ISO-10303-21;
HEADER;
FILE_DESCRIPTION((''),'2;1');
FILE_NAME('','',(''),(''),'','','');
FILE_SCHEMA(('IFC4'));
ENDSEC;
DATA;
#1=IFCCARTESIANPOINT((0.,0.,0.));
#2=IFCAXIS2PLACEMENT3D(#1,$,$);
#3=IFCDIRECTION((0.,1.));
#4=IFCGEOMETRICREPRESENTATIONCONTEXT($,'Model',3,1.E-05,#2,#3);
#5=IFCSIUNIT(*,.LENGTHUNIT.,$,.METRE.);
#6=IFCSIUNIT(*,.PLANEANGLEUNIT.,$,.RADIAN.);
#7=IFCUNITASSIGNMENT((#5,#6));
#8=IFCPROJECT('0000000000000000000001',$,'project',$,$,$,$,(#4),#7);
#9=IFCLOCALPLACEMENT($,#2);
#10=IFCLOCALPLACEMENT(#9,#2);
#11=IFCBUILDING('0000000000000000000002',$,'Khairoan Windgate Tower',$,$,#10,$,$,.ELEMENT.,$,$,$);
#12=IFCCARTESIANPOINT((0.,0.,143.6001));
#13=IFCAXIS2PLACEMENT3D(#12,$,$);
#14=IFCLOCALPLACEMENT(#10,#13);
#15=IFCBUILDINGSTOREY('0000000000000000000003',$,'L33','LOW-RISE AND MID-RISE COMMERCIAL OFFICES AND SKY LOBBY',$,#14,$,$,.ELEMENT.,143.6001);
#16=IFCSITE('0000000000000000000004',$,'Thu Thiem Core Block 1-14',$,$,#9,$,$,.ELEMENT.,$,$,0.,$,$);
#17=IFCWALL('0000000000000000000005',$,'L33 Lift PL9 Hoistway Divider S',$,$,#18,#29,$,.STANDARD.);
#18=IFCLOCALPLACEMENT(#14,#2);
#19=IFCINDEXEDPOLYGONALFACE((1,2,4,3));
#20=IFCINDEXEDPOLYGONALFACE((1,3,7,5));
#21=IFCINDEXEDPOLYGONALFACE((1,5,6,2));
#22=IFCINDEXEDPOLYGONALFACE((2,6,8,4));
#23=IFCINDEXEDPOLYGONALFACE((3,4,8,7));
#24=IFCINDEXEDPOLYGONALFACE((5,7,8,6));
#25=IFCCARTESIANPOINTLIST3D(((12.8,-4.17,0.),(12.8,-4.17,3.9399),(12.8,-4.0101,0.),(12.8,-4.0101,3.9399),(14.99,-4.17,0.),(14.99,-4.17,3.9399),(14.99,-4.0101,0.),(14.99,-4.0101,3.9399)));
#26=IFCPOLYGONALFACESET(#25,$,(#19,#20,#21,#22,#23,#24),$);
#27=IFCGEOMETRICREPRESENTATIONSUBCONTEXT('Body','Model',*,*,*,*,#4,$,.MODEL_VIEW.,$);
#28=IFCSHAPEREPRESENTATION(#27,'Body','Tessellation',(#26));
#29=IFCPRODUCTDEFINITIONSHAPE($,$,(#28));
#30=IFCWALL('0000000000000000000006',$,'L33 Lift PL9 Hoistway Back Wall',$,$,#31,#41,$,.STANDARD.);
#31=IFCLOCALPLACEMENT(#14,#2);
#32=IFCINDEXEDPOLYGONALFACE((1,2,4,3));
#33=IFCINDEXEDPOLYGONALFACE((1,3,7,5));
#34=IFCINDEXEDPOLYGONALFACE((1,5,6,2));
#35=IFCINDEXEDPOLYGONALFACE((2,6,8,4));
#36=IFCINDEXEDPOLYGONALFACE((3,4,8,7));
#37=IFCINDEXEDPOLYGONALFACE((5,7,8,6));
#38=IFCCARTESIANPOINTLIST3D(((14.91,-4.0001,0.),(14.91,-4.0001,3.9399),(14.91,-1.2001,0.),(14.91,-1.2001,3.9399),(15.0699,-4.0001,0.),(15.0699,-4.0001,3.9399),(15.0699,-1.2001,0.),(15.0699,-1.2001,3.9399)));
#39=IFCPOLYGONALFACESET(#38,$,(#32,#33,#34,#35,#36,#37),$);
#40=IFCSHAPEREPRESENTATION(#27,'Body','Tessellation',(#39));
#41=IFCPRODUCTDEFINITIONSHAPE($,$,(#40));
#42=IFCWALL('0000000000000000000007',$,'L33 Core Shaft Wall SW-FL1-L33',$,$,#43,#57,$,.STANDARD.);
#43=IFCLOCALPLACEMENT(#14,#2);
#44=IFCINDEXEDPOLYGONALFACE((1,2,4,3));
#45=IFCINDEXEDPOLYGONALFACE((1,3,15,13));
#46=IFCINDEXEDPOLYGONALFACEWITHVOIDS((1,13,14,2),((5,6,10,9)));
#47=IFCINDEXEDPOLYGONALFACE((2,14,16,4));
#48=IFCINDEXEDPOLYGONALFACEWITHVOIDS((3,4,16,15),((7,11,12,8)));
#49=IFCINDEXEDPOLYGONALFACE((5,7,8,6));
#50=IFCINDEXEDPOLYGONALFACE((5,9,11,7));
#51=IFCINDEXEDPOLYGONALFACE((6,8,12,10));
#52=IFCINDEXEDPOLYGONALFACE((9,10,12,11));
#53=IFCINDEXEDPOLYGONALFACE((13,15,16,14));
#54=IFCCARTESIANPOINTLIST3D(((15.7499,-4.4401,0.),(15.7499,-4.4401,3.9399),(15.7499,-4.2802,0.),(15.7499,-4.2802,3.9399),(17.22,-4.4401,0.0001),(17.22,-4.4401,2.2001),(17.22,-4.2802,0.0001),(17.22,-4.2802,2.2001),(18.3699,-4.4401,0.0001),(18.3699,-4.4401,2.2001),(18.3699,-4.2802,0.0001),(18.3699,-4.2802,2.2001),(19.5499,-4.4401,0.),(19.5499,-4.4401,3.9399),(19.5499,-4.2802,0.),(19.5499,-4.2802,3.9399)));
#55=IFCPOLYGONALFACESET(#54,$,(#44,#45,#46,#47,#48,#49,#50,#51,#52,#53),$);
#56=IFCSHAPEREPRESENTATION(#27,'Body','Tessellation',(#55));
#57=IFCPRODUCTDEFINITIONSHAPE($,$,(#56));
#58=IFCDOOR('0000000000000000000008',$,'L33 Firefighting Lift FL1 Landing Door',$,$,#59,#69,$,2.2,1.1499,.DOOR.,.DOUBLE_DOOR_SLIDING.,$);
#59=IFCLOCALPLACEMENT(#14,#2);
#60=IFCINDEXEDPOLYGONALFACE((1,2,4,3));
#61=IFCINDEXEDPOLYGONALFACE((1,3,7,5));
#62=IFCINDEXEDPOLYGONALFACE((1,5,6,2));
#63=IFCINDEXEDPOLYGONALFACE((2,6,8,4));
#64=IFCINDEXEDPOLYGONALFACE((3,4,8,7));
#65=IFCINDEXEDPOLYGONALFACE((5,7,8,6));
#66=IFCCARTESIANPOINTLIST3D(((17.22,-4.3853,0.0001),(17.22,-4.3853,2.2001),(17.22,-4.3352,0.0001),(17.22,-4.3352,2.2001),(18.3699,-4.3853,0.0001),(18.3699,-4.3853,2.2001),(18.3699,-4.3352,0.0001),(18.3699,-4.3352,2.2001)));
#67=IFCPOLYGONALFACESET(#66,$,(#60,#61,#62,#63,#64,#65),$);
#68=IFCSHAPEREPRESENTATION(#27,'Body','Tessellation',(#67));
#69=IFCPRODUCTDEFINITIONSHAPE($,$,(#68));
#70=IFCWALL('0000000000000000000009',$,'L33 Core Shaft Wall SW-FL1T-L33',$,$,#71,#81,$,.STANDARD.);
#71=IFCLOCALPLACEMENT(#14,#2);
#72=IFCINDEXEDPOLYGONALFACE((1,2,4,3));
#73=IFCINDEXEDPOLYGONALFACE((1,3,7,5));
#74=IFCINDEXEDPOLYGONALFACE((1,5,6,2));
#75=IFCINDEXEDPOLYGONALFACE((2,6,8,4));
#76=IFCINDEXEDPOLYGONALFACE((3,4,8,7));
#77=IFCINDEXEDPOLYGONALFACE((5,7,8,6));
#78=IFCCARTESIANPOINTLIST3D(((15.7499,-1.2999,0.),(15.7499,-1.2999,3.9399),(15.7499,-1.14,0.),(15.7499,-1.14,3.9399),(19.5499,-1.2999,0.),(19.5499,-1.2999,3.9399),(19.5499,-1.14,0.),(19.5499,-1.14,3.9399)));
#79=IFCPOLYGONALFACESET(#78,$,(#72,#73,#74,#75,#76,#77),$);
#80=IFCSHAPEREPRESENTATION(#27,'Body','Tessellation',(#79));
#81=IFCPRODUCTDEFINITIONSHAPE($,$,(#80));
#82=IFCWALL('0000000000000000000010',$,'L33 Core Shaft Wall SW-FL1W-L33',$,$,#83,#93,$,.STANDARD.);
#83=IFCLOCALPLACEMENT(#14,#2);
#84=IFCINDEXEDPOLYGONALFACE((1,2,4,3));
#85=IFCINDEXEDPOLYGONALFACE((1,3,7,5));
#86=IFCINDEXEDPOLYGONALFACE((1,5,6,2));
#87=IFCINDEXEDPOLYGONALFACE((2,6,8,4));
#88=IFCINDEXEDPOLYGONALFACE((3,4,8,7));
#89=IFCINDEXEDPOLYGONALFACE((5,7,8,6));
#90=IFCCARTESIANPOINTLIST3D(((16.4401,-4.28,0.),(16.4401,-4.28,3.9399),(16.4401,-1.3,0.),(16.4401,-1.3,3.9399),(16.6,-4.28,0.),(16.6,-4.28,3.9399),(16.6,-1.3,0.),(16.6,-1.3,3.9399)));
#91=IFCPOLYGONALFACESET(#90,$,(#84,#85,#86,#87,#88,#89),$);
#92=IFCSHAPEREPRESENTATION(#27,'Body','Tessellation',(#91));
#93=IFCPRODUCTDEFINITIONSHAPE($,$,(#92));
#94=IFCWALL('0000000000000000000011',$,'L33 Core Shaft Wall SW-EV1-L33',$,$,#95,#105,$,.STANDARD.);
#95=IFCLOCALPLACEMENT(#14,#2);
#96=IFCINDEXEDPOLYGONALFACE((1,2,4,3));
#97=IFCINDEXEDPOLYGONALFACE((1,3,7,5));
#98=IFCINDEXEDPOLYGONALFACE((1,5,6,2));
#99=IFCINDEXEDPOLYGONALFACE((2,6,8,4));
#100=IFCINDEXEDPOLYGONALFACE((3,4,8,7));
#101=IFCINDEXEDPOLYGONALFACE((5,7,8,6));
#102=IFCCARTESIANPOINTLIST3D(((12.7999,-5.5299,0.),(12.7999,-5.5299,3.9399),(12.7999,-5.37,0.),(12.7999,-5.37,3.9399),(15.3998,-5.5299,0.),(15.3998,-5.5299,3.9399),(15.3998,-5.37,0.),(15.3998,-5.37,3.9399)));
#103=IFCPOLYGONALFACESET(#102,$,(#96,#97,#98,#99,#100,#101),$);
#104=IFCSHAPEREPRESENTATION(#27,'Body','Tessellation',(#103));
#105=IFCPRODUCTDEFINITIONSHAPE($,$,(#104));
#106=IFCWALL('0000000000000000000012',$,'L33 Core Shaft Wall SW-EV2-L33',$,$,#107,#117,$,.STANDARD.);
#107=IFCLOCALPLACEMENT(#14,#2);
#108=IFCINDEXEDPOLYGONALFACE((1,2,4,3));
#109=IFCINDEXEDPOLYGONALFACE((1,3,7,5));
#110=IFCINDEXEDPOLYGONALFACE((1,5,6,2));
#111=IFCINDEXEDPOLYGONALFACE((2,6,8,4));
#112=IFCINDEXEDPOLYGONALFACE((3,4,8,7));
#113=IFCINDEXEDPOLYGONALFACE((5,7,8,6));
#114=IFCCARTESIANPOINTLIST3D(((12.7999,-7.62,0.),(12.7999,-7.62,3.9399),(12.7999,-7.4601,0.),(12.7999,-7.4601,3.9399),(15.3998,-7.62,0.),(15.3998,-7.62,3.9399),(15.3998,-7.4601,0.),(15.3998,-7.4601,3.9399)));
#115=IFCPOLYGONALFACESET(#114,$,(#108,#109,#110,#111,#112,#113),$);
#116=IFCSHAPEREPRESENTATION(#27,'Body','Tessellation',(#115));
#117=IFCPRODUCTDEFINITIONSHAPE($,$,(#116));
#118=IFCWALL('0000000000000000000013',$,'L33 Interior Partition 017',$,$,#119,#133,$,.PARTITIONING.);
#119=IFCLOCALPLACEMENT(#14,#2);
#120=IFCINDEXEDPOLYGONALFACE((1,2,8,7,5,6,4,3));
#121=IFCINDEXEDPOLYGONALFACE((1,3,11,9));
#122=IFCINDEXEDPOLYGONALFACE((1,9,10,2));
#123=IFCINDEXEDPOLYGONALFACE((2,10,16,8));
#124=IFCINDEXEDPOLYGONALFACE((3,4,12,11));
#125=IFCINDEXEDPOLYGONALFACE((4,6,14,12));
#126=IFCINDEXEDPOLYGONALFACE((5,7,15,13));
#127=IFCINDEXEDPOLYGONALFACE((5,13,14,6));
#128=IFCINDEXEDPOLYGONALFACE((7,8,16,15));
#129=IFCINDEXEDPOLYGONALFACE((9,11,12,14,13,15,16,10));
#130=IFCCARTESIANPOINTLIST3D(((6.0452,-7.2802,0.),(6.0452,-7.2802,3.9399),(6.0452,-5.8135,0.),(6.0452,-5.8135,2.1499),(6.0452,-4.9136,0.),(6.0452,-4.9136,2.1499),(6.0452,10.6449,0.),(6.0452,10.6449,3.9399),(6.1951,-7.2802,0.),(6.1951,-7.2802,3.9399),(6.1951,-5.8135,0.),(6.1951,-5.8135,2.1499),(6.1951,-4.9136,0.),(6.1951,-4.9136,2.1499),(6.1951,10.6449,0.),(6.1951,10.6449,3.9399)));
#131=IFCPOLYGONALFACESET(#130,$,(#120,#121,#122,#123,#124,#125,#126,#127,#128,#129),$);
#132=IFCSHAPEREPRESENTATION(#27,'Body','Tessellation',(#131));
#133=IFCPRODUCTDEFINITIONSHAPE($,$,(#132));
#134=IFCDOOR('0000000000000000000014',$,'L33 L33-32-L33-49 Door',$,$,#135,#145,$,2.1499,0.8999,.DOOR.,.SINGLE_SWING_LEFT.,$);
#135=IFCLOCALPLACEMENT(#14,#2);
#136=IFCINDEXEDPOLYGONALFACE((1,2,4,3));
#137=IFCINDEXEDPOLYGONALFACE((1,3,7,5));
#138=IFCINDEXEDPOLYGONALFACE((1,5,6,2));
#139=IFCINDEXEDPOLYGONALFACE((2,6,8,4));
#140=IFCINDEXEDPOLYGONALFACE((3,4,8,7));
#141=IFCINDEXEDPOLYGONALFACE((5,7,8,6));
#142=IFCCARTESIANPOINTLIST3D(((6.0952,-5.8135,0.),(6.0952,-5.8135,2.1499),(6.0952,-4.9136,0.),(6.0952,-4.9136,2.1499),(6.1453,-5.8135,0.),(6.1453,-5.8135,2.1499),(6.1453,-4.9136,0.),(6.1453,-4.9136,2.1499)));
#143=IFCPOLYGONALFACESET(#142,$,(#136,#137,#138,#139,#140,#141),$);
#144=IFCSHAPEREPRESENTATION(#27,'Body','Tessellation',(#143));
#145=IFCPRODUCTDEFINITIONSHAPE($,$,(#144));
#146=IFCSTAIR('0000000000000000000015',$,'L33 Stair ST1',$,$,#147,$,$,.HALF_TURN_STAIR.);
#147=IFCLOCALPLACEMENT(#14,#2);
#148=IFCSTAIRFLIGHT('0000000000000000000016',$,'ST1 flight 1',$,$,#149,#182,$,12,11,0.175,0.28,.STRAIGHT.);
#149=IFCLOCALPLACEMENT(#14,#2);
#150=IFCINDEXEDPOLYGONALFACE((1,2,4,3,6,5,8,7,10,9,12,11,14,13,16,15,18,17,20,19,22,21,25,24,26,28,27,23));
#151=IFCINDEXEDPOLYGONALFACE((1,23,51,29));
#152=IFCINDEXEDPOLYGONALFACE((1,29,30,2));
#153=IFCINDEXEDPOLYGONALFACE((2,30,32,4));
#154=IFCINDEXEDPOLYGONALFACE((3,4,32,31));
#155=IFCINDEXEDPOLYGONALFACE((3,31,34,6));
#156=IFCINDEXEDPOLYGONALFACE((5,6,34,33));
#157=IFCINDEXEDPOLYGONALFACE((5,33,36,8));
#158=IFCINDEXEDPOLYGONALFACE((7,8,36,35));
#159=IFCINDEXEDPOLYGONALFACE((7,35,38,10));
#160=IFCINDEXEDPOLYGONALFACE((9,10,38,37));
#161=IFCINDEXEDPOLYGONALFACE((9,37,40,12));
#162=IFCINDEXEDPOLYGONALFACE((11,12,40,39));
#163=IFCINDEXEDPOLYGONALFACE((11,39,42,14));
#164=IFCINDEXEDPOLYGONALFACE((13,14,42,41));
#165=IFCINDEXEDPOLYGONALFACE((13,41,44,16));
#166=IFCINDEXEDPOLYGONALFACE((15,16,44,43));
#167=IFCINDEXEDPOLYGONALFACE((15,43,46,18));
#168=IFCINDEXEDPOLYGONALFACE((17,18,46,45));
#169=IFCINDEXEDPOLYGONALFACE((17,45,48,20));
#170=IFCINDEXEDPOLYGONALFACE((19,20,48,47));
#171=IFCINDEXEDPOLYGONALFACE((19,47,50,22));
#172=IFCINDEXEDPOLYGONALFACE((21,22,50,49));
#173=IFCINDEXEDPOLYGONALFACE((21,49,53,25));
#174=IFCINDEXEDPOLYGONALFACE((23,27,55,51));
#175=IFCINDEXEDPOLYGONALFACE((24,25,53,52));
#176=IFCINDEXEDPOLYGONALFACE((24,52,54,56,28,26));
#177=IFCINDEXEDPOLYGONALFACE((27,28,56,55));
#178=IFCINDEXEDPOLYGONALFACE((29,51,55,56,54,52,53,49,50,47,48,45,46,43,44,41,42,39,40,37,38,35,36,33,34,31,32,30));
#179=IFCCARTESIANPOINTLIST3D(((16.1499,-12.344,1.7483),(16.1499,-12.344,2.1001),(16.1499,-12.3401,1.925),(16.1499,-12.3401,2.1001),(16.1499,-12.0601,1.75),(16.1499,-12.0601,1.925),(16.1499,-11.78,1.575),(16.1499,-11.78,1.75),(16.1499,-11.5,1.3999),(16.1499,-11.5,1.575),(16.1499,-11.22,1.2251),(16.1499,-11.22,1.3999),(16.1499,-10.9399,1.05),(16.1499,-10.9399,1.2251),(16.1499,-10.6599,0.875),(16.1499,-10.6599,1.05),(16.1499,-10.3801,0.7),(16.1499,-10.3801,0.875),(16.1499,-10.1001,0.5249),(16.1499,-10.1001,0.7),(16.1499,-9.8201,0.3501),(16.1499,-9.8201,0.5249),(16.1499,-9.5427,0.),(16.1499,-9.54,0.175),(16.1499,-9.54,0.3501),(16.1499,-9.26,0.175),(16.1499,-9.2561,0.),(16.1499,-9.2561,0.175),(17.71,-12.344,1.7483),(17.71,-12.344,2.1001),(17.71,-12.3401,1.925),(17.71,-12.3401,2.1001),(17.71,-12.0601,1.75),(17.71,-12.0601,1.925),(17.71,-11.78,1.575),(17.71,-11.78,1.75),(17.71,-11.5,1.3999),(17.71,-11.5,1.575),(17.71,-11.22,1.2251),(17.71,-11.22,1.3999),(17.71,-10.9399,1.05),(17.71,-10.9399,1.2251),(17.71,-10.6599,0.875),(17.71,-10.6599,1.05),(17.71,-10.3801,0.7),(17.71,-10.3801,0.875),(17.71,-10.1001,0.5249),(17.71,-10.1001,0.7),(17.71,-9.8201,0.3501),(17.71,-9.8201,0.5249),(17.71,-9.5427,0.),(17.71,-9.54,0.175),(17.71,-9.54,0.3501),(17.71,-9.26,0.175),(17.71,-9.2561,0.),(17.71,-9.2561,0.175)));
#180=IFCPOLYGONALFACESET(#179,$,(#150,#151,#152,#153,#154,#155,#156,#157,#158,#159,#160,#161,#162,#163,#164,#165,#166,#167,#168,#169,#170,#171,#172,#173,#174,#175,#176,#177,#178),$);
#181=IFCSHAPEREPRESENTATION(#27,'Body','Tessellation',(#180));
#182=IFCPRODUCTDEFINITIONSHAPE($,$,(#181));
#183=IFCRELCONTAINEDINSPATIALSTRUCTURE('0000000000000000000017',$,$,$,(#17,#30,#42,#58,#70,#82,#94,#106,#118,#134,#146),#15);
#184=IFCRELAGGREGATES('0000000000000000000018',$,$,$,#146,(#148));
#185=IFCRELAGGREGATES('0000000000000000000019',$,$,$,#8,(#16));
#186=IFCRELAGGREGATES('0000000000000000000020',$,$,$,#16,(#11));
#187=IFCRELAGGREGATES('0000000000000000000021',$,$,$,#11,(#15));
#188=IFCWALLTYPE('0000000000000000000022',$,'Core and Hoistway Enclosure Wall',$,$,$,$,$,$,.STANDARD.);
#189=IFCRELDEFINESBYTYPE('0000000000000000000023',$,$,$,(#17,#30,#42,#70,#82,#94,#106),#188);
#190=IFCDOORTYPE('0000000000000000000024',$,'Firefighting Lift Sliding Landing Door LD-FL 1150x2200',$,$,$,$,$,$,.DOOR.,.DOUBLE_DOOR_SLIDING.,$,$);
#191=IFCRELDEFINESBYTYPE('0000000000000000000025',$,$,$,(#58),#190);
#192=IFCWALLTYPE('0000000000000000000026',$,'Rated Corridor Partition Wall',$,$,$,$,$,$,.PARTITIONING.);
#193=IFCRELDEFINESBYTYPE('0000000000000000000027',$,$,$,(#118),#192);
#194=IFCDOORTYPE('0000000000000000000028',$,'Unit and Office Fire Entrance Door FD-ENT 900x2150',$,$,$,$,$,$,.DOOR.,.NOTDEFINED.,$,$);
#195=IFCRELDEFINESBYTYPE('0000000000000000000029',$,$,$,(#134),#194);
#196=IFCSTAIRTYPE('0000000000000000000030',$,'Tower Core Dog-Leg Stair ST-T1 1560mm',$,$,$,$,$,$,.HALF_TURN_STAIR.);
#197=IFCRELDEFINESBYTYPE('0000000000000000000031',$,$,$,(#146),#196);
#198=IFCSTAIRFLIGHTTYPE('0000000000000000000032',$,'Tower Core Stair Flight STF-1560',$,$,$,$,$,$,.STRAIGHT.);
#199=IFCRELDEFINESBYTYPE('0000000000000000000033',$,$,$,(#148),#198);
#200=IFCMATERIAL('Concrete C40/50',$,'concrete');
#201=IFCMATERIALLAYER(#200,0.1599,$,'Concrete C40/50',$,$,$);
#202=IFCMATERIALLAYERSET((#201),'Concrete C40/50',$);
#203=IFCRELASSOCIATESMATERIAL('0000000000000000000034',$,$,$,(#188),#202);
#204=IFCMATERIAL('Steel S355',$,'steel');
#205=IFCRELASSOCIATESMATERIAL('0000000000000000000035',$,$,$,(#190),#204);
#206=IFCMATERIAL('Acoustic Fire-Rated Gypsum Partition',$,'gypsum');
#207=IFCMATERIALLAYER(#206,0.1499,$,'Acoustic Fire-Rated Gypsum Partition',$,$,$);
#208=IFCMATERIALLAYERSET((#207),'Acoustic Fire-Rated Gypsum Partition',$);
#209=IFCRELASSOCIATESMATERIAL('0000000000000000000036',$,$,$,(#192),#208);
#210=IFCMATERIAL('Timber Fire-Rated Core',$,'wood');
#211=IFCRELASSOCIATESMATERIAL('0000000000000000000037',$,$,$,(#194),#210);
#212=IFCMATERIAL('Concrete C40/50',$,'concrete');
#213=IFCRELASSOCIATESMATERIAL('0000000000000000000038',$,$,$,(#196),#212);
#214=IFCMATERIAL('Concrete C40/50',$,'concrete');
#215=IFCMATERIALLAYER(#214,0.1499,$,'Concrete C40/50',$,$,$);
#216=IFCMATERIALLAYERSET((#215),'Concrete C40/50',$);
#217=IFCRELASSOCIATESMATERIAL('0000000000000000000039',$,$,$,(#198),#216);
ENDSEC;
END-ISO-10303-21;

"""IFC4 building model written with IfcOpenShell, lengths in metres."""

from ifc_helpers import new_model, si_unit, direction, frame, frame_2d, origin, place, context, subcontext, project, spatial, polyline, rectangle, outline, extrude, material, layer, layer_set, type_object, element, fill, aggregate, save


model = new_model("IFC4")

# Units and contexts
model_context = context("Model", 3, precision=1e-05, world=origin(), true_north=direction((0.0, 1.0)))
body_context = subcontext(model_context, "Body", "Model", "MODEL_VIEW")
ifc_project = project(units=[si_unit("LENGTHUNIT", "METRE"), si_unit("PLANEANGLEUNIT", "RADIAN")], contexts=[model_context])

# Site, building, storey
site_placement = place(None, origin())
site = spatial("IfcSite", under=ifc_project, at=site_placement, Name="Thu Thiem Core Block 1-14", CompositionType="ELEMENT", RefElevation=0.0)
building_placement = place(site_placement, origin())
building = spatial("IfcBuilding", under=site, at=building_placement, Name="Khairoan Windgate Tower", CompositionType="ELEMENT")
storey_placement = place(building_placement, frame((0.0, 0.0, 143.6001)))
storey = spatial("IfcBuildingStorey", under=building, at=storey_placement, Name="L33", Description="LOW-RISE AND MID-RISE COMMERCIAL OFFICES AND SKY LOBBY", CompositionType="ELEMENT", Elevation=143.6001)

# Walls
ifc_material_1 = material(Name="Concrete C40/50", Category="concrete")
ifc_layer_1 = layer(ifc_material_1, 0.1599, Name="Concrete C40/50")
ifc_layer_set_1 = layer_set([ifc_layer_1], Name="Concrete C40/50")
wall_type_1 = type_object("IfcWallType", Name="Core and Hoistway Enclosure Wall", PredefinedType="STANDARD", material=ifc_layer_set_1)
wall_1_placement = place(storey_placement, frame((12.8, -4.0901, 0.0), z_axis=(0.0, 0.0, 1.0), x_axis=(1.0, 0.0, 0.0)))
element("IfcWall", 1, at=wall_1_placement, inside=storey, type_object=wall_type_1, Name="L33 Lift PL9 Hoistway Divider S", PredefinedType="STANDARD", context=body_context, shape_type="SweptSolid", body=[
    extrude(rectangle(XDim=2.1899, YDim=0.1599, at=frame_2d((1.095, 0.0))), origin(), (0.0, 0.0, 1.0), 3.9399),
])
wall_2_placement = place(storey_placement, frame((14.99, -4.0, 0.0), z_axis=(0.0, 0.0, 1.0), x_axis=(0.0, 1.0, 0.0)))
element("IfcWall", 2, at=wall_2_placement, inside=storey, type_object=wall_type_1, Name="L33 Lift PL9 Hoistway Back Wall", PredefinedType="STANDARD", context=body_context, shape_type="SweptSolid", body=[
    extrude(rectangle(XDim=2.8, YDim=0.1599, at=frame_2d((1.3999, 0.0))), origin(), (0.0, 0.0, 1.0), 3.9399),
])

# Wall, opening, door
wall_3_placement = place(storey_placement, frame((15.75, -4.3601, 0.0), z_axis=(0.0, 0.0, 1.0), x_axis=(1.0, 0.0, 0.0)))
wall_3 = element("IfcWall", 3, at=wall_3_placement, inside=storey, type_object=wall_type_1, Name="L33 Core Shaft Wall SW-FL1-L33", PredefinedType="STANDARD", context=body_context, shape_type="SweptSolid", body=[
    extrude(rectangle(XDim=3.8, YDim=0.1599, at=frame_2d((1.8999, 0.0))), origin(), (0.0, 0.0, 1.0), 3.9399),
])
opening_1_placement = place(wall_3_placement, frame((1.47, 0.0, 0.0)))
opening_1 = element("IfcOpeningElement", 4, at=opening_1_placement, cuts=wall_3, PredefinedType="OPENING", context=body_context, shape_type="SweptSolid", body=[
    extrude(rectangle(XDim=1.1499, YDim=2.2, at=frame_2d((0.575, 1.1001))), frame((0.0, 0.0898, 0.0), z_axis=(0.0, -1.0, 0.0), x_axis=(1.0, 0.0, 0.0)), (0.0, 0.0, 1.0), 0.1799),
])
ifc_material_2 = material(Name="Steel S355", Category="steel")
door_type_1 = type_object("IfcDoorType", Name="Firefighting Lift Sliding Landing Door LD-FL 1150x2200", OperationType="DOUBLE_DOOR_SLIDING", PredefinedType="DOOR", material=ifc_material_2)
door_1_placement = place(opening_1_placement, origin())
door_1 = element("IfcDoor", 5, at=door_1_placement, inside=storey, type_object=door_type_1, Name="L33 Firefighting Lift FL1 Landing Door", OperationType="DOUBLE_DOOR_SLIDING", OverallHeight=2.2, OverallWidth=1.1499, PredefinedType="DOOR", context=body_context, shape_type="SweptSolid", body=[
    extrude(rectangle(XDim=1.1499, YDim=2.2, at=frame_2d((0.575, 1.1001))), frame((0.0, 0.0249, 0.0), z_axis=(0.0, -1.0, 0.0), x_axis=(1.0, 0.0, 0.0)), (0.0, 0.0, 1.0), 0.05),
])
fill(opening_1, door_1)

# Walls
wall_4_placement = place(storey_placement, frame((15.75, -1.22, 0.0), z_axis=(0.0, 0.0, 1.0), x_axis=(1.0, 0.0, 0.0)))
element("IfcWall", 6, at=wall_4_placement, inside=storey, type_object=wall_type_1, Name="L33 Core Shaft Wall SW-FL1T-L33", PredefinedType="STANDARD", context=body_context, shape_type="SweptSolid", body=[
    extrude(rectangle(XDim=3.8, YDim=0.1599, at=frame_2d((1.8999, 0.0))), origin(), (0.0, 0.0, 1.0), 3.9399),
])
wall_5_placement = place(storey_placement, frame((16.52, -4.28, 0.0), z_axis=(0.0, 0.0, 1.0), x_axis=(0.0, 1.0, 0.0)))
element("IfcWall", 7, at=wall_5_placement, inside=storey, type_object=wall_type_1, Name="L33 Core Shaft Wall SW-FL1W-L33", PredefinedType="STANDARD", context=body_context, shape_type="SweptSolid", body=[
    extrude(rectangle(XDim=2.98, YDim=0.1599, at=frame_2d((1.49, 0.0))), origin(), (0.0, 0.0, 1.0), 3.9399),
])
for number, where, z_axis, x_axis, name in (
    (8, (12.8, -5.45, 0.0), (0.0, 0.0, 1.0), (1.0, 0.0, 0.0), "L33 Core Shaft Wall SW-EV1-L33"),
    (9, (12.8, -7.54, 0.0), (0.0, 0.0, 1.0), (1.0, 0.0, 0.0), "L33 Core Shaft Wall SW-EV2-L33"),
):
    element("IfcWall", number, at=place(storey_placement, frame(where, z_axis=z_axis, x_axis=x_axis)), inside=storey, type_object=wall_type_1, Name=name, PredefinedType="STANDARD", context=body_context, shape_type="SweptSolid", body=[
        extrude(rectangle(XDim=2.5999, YDim=0.1599, at=frame_2d((1.2998, 0.0))), origin(), (0.0, 0.0, 1.0), 3.9399),
    ])

# Wall, opening, door
ifc_material_3 = material(Name="Acoustic Fire-Rated Gypsum Partition", Category="gypsum")
ifc_layer_2 = layer(ifc_material_3, 0.1499, Name="Acoustic Fire-Rated Gypsum Partition")
ifc_layer_set_2 = layer_set([ifc_layer_2], Name="Acoustic Fire-Rated Gypsum Partition")
wall_type_2 = type_object("IfcWallType", Name="Rated Corridor Partition Wall", PredefinedType="PARTITIONING", material=ifc_layer_set_2)
wall_6_placement = place(storey_placement, frame((6.1201, -7.28, 0.0), z_axis=(0.0, 0.0, 1.0), x_axis=(0.0, 1.0, 0.0)))
wall_6 = element("IfcWall", 10, at=wall_6_placement, inside=storey, type_object=wall_type_2, Name="L33 Interior Partition 017", PredefinedType="PARTITIONING", context=body_context, shape_type="SweptSolid", body=[
    extrude(rectangle(XDim=17.925, YDim=0.1499, at=frame_2d((8.9624, 0.0))), origin(), (0.0, 0.0, 1.0), 3.9399),
])
opening_2_placement = place(wall_6_placement, frame((1.4666, 0.0, 0.0)))
opening_2 = element("IfcOpeningElement", 11, at=opening_2_placement, cuts=wall_6, PredefinedType="OPENING", context=body_context, shape_type="SweptSolid", body=[
    extrude(rectangle(XDim=0.8999, YDim=2.1499, at=frame_2d((0.45, 1.075))), frame((0.0, 0.085, 0.0), z_axis=(0.0, -1.0, 0.0), x_axis=(1.0, 0.0, 0.0)), (0.0, 0.0, 1.0), 0.1699),
])
ifc_material_4 = material(Name="Timber Fire-Rated Core", Category="wood")
door_type_2 = type_object("IfcDoorType", Name="Unit and Office Fire Entrance Door FD-ENT 900x2150", OperationType="NOTDEFINED", PredefinedType="DOOR", material=ifc_material_4)
door_2_placement = place(opening_2_placement, origin())
door_2 = element("IfcDoor", 12, at=door_2_placement, inside=storey, type_object=door_type_2, Name="L33 L33-32-L33-49 Door", OperationType="SINGLE_SWING_LEFT", OverallHeight=2.1499, OverallWidth=0.8999, PredefinedType="DOOR", context=body_context, shape_type="SweptSolid", body=[
    extrude(rectangle(XDim=0.8999, YDim=2.1499, at=frame_2d((0.45, 1.075))), frame((0.0, 0.0249, 0.0), z_axis=(0.0, -1.0, 0.0), x_axis=(1.0, 0.0, 0.0)), (0.0, 0.0, 1.0), 0.05),
])
fill(opening_2, door_2)

# Stair, stair flight
ifc_material_5 = material(Name="Concrete C40/50", Category="concrete")
stair_type = type_object("IfcStairType", Name="Tower Core Dog-Leg Stair ST-T1 1560mm", PredefinedType="HALF_TURN_STAIR", material=ifc_material_5)
stair_placement = place(storey_placement, origin())
stair = element("IfcStair", 13, at=stair_placement, inside=storey, type_object=stair_type, Name="L33 Stair ST1", PredefinedType="HALF_TURN_STAIR")
ifc_material_6 = material(Name="Concrete C40/50", Category="concrete")
ifc_layer_3 = layer(ifc_material_6, 0.1499, Name="Concrete C40/50")
ifc_layer_set_3 = layer_set([ifc_layer_3], Name="Concrete C40/50")
stair_flight_type = type_object("IfcStairFlightType", Name="Tower Core Stair Flight STF-1560", PredefinedType="STRAIGHT", material=ifc_layer_set_3)
stair_flight_placement = place(storey_placement, frame((16.9299, -9.26, 0.0), z_axis=(0.0, 0.0, 1.0), x_axis=(0.0, -1.0, 0.0)))
stair_flight = element("IfcStairFlight", 14, at=stair_flight_placement, type_object=stair_flight_type, Name="ST1 flight 1", NumberOfRisers=12, NumberOfTreads=11, PredefinedType="STRAIGHT", RiserHeight=0.175, TreadLength=0.28, context=body_context, shape_type="SweptSolid", body=[
    extrude(outline(polyline([(-0.0039, 0.0), (-0.0039, 0.175), (0.0, 0.175), (0.28, 0.175), (0.28, 0.3501), (0.5601, 0.3501), (0.5601, 0.5249), (0.8401, 0.5249), (0.8401, 0.7), (1.1201, 0.7), (1.1201, 0.875), (1.3999, 0.875), (1.3999, 1.05), (1.6799, 1.05), (1.6799, 1.2251), (1.96, 1.2251), (1.96, 1.3999), (2.24, 1.3999), (2.24, 1.575), (2.52, 1.575), (2.52, 1.75), (2.8, 1.75), (2.8, 1.925), (3.0801, 1.925), (3.0801, 2.1001), (3.084, 2.1001), (3.084, 1.7483), (0.2827, 0.0), (-0.0039, 0.0)])), frame((0.0, 0.78, 0.0), z_axis=(0.0, -1.0, 0.0), x_axis=(1.0, 0.0, 0.0)), (0.0, 0.0, 1.0), 1.5601),
])
aggregate(stair, [stair_flight])

save(model, "model.ifc")
